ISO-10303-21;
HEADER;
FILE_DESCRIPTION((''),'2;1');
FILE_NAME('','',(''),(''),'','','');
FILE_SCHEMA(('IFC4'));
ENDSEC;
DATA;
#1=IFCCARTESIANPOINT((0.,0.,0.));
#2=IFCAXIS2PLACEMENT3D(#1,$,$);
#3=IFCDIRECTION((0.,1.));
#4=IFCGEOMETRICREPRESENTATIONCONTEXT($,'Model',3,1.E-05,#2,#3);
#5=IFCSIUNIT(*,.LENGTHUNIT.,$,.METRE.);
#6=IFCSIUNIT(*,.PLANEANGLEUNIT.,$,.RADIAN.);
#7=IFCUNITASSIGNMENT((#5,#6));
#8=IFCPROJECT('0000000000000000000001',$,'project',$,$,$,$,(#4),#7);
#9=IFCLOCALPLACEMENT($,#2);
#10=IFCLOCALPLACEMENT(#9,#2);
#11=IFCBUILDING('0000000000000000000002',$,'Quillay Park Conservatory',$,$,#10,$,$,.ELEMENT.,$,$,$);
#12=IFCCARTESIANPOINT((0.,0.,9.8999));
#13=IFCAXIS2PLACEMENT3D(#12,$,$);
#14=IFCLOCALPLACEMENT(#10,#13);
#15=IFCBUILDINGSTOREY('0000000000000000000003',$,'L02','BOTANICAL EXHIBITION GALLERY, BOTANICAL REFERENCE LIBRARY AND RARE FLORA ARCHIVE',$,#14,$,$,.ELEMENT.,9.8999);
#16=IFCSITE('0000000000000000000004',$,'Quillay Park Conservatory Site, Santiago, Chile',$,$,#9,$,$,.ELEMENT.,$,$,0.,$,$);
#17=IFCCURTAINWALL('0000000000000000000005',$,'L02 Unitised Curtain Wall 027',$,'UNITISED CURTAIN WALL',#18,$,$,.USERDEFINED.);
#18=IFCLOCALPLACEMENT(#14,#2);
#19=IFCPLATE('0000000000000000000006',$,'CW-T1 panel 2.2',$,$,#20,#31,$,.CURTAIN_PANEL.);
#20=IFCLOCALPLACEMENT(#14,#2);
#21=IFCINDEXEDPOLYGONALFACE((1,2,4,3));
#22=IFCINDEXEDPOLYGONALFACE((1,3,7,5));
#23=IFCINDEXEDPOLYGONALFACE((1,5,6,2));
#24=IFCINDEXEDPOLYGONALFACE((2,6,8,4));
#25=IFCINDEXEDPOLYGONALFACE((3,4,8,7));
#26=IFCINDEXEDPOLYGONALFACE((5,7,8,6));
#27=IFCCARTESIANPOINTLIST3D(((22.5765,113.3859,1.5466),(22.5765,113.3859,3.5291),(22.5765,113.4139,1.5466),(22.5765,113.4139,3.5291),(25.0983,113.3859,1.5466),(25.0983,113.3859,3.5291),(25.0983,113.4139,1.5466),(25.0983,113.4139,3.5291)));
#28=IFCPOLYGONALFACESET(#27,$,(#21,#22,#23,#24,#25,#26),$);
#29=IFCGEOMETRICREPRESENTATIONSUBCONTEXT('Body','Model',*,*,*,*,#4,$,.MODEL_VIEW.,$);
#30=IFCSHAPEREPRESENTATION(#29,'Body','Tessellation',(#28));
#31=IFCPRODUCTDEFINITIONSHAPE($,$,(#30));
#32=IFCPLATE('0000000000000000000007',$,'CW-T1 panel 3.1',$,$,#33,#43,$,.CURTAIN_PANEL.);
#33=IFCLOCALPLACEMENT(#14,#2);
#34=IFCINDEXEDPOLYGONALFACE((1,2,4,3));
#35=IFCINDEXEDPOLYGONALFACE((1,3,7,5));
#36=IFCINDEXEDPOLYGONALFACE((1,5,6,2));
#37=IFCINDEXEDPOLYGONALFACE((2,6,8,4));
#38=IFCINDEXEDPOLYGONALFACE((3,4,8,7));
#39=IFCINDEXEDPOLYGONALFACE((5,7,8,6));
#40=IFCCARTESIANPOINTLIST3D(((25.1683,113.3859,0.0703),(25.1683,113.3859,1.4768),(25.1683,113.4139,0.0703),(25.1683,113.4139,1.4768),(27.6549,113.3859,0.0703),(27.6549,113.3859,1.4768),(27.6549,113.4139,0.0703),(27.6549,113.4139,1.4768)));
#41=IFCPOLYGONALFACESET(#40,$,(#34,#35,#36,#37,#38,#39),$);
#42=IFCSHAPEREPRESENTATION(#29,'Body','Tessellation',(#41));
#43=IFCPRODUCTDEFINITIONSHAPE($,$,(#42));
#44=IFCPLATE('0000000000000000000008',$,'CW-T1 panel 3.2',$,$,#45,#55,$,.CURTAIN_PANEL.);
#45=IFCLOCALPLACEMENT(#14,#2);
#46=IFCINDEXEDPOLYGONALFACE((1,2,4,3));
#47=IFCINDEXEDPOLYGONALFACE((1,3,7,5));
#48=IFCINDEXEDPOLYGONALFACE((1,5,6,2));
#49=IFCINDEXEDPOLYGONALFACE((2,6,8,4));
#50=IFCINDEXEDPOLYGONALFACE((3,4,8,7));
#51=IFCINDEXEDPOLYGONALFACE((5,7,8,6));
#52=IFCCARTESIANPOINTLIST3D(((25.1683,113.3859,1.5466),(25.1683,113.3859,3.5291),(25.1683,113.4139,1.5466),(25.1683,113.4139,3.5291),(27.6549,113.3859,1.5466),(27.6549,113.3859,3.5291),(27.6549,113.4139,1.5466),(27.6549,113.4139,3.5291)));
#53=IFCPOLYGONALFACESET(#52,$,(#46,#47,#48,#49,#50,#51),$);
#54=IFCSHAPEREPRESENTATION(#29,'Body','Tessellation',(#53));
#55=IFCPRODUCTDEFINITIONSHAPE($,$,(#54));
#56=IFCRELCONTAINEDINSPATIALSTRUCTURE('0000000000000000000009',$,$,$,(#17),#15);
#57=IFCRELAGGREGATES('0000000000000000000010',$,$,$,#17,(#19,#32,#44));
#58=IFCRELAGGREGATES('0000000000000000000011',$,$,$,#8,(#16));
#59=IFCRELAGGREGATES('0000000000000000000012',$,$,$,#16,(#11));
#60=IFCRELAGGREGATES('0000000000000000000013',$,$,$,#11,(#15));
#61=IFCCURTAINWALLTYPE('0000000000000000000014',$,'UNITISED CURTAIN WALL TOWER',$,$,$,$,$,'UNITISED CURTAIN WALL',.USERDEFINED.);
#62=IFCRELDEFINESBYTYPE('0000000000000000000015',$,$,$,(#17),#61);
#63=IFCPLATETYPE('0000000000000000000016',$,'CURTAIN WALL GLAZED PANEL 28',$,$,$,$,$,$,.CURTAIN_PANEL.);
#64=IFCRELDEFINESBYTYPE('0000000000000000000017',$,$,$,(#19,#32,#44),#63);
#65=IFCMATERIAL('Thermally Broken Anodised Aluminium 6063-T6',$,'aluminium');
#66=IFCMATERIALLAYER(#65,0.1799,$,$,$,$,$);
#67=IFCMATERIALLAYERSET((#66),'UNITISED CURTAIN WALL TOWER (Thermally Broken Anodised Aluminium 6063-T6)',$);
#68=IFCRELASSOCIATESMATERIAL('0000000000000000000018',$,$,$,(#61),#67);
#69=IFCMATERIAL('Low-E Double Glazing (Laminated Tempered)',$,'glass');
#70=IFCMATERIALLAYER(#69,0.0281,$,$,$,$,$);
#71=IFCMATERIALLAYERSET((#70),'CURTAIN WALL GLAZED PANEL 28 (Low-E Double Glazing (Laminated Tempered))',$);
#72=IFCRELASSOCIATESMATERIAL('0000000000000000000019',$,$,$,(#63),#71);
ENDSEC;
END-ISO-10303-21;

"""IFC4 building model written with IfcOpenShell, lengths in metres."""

from ifc_helpers import new_model, si_unit, direction, frame, origin, origin_2d, place, context, subcontext, project, spatial, rectangle, extrude, material, layer, layer_set, type_object, element, aggregate, save


model = new_model("IFC4")

# Units and contexts
model_context = context("Model", 3, precision=1e-05, world=origin(), true_north=direction((0.0, 1.0)))
body_context = subcontext(model_context, "Body", "Model", "MODEL_VIEW")
ifc_project = project(units=[si_unit("LENGTHUNIT", "METRE"), si_unit("PLANEANGLEUNIT", "RADIAN")], contexts=[model_context])

# Site, building, storey
site_placement = place(None, origin())
site = spatial("IfcSite", under=ifc_project, at=site_placement, Name="Quillay Park Conservatory Site, Santiago, Chile", CompositionType="ELEMENT", RefElevation=0.0)
building_placement = place(site_placement, origin())
building = spatial("IfcBuilding", under=site, at=building_placement, Name="Quillay Park Conservatory", CompositionType="ELEMENT")
storey_placement = place(building_placement, frame((0.0, 0.0, 9.8999)))
storey = spatial("IfcBuildingStorey", under=building, at=storey_placement, Name="L02", Description="BOTANICAL EXHIBITION GALLERY, BOTANICAL REFERENCE LIBRARY AND RARE FLORA ARCHIVE", CompositionType="ELEMENT", Elevation=9.8999)

# Shared definitions
ifc_material_1 = material(Name="Thermally Broken Anodised Aluminium 6063-T6", Category="aluminium")
ifc_layer_1 = layer(ifc_material_1, 0.1799)
ifc_layer_set_1 = layer_set([ifc_layer_1], Name="UNITISED CURTAIN WALL TOWER (Thermally Broken Anodised Aluminium 6063-T6)")
curtain_wall_type = type_object("IfcCurtainWallType", Name="UNITISED CURTAIN WALL TOWER", ElementType="UNITISED CURTAIN WALL", PredefinedType="USERDEFINED", material=ifc_layer_set_1)

# Curtain wall
curtain_wall_1_placement = place(storey_placement, origin())
curtain_wall_1 = element("IfcCurtainWall", 1, at=curtain_wall_1_placement, inside=storey, type_object=curtain_wall_type, Name="L02 Unitised Curtain Wall 027", ObjectType="UNITISED CURTAIN WALL", PredefinedType="USERDEFINED")

# Plates
ifc_material_2 = material(Name="Low-E Double Glazing (Laminated Tempered)", Category="glass")
ifc_layer_2 = layer(ifc_material_2, 0.0281)
ifc_layer_set_2 = layer_set([ifc_layer_2], Name="CURTAIN WALL GLAZED PANEL 28 (Low-E Double Glazing (Laminated Tempered))")
plate_type = type_object("IfcPlateType", Name="CURTAIN WALL GLAZED PANEL 28", PredefinedType="CURTAIN_PANEL", material=ifc_layer_set_2)
plate_1_placement = place(storey_placement, frame((23.8374, 113.3999, 1.5466), z_axis=(0.0, 0.0, 1.0), x_axis=(1.0, 0.0, 0.0)))
plate_1 = element("IfcPlate", 2, at=plate_1_placement, type_object=plate_type, Name="CW-T1 panel 2.2", PredefinedType="CURTAIN_PANEL", context=body_context, shape_type="SweptSolid", body=[
    extrude(rectangle(XDim=2.5217, YDim=0.0281, at=origin_2d()), origin(), (0.0, 0.0, 1.0), 1.9824),
])
plate_2_placement = place(storey_placement, frame((26.4116, 113.3999, 0.0703), z_axis=(0.0, 0.0, 1.0), x_axis=(1.0, 0.0, 0.0)))
plate_2 = element("IfcPlate", 3, at=plate_2_placement, type_object=plate_type, Name="CW-T1 panel 3.1", PredefinedType="CURTAIN_PANEL", context=body_context, shape_type="SweptSolid", body=[
    extrude(rectangle(XDim=2.4866, YDim=0.0281, at=origin_2d()), origin(), (0.0, 0.0, 1.0), 1.4065),
])
plate_3_placement = place(storey_placement, frame((26.4116, 113.3999, 1.5466), z_axis=(0.0, 0.0, 1.0), x_axis=(1.0, 0.0, 0.0)))
plate_3 = element("IfcPlate", 4, at=plate_3_placement, type_object=plate_type, Name="CW-T1 panel 3.2", PredefinedType="CURTAIN_PANEL", context=body_context, shape_type="SweptSolid", body=[
    extrude(rectangle(XDim=2.4866, YDim=0.0281, at=origin_2d()), origin(), (0.0, 0.0, 1.0), 1.9824),
])
aggregate(curtain_wall_1, [plate_1, plate_2, plate_3])

save(model, "model.ifc")
